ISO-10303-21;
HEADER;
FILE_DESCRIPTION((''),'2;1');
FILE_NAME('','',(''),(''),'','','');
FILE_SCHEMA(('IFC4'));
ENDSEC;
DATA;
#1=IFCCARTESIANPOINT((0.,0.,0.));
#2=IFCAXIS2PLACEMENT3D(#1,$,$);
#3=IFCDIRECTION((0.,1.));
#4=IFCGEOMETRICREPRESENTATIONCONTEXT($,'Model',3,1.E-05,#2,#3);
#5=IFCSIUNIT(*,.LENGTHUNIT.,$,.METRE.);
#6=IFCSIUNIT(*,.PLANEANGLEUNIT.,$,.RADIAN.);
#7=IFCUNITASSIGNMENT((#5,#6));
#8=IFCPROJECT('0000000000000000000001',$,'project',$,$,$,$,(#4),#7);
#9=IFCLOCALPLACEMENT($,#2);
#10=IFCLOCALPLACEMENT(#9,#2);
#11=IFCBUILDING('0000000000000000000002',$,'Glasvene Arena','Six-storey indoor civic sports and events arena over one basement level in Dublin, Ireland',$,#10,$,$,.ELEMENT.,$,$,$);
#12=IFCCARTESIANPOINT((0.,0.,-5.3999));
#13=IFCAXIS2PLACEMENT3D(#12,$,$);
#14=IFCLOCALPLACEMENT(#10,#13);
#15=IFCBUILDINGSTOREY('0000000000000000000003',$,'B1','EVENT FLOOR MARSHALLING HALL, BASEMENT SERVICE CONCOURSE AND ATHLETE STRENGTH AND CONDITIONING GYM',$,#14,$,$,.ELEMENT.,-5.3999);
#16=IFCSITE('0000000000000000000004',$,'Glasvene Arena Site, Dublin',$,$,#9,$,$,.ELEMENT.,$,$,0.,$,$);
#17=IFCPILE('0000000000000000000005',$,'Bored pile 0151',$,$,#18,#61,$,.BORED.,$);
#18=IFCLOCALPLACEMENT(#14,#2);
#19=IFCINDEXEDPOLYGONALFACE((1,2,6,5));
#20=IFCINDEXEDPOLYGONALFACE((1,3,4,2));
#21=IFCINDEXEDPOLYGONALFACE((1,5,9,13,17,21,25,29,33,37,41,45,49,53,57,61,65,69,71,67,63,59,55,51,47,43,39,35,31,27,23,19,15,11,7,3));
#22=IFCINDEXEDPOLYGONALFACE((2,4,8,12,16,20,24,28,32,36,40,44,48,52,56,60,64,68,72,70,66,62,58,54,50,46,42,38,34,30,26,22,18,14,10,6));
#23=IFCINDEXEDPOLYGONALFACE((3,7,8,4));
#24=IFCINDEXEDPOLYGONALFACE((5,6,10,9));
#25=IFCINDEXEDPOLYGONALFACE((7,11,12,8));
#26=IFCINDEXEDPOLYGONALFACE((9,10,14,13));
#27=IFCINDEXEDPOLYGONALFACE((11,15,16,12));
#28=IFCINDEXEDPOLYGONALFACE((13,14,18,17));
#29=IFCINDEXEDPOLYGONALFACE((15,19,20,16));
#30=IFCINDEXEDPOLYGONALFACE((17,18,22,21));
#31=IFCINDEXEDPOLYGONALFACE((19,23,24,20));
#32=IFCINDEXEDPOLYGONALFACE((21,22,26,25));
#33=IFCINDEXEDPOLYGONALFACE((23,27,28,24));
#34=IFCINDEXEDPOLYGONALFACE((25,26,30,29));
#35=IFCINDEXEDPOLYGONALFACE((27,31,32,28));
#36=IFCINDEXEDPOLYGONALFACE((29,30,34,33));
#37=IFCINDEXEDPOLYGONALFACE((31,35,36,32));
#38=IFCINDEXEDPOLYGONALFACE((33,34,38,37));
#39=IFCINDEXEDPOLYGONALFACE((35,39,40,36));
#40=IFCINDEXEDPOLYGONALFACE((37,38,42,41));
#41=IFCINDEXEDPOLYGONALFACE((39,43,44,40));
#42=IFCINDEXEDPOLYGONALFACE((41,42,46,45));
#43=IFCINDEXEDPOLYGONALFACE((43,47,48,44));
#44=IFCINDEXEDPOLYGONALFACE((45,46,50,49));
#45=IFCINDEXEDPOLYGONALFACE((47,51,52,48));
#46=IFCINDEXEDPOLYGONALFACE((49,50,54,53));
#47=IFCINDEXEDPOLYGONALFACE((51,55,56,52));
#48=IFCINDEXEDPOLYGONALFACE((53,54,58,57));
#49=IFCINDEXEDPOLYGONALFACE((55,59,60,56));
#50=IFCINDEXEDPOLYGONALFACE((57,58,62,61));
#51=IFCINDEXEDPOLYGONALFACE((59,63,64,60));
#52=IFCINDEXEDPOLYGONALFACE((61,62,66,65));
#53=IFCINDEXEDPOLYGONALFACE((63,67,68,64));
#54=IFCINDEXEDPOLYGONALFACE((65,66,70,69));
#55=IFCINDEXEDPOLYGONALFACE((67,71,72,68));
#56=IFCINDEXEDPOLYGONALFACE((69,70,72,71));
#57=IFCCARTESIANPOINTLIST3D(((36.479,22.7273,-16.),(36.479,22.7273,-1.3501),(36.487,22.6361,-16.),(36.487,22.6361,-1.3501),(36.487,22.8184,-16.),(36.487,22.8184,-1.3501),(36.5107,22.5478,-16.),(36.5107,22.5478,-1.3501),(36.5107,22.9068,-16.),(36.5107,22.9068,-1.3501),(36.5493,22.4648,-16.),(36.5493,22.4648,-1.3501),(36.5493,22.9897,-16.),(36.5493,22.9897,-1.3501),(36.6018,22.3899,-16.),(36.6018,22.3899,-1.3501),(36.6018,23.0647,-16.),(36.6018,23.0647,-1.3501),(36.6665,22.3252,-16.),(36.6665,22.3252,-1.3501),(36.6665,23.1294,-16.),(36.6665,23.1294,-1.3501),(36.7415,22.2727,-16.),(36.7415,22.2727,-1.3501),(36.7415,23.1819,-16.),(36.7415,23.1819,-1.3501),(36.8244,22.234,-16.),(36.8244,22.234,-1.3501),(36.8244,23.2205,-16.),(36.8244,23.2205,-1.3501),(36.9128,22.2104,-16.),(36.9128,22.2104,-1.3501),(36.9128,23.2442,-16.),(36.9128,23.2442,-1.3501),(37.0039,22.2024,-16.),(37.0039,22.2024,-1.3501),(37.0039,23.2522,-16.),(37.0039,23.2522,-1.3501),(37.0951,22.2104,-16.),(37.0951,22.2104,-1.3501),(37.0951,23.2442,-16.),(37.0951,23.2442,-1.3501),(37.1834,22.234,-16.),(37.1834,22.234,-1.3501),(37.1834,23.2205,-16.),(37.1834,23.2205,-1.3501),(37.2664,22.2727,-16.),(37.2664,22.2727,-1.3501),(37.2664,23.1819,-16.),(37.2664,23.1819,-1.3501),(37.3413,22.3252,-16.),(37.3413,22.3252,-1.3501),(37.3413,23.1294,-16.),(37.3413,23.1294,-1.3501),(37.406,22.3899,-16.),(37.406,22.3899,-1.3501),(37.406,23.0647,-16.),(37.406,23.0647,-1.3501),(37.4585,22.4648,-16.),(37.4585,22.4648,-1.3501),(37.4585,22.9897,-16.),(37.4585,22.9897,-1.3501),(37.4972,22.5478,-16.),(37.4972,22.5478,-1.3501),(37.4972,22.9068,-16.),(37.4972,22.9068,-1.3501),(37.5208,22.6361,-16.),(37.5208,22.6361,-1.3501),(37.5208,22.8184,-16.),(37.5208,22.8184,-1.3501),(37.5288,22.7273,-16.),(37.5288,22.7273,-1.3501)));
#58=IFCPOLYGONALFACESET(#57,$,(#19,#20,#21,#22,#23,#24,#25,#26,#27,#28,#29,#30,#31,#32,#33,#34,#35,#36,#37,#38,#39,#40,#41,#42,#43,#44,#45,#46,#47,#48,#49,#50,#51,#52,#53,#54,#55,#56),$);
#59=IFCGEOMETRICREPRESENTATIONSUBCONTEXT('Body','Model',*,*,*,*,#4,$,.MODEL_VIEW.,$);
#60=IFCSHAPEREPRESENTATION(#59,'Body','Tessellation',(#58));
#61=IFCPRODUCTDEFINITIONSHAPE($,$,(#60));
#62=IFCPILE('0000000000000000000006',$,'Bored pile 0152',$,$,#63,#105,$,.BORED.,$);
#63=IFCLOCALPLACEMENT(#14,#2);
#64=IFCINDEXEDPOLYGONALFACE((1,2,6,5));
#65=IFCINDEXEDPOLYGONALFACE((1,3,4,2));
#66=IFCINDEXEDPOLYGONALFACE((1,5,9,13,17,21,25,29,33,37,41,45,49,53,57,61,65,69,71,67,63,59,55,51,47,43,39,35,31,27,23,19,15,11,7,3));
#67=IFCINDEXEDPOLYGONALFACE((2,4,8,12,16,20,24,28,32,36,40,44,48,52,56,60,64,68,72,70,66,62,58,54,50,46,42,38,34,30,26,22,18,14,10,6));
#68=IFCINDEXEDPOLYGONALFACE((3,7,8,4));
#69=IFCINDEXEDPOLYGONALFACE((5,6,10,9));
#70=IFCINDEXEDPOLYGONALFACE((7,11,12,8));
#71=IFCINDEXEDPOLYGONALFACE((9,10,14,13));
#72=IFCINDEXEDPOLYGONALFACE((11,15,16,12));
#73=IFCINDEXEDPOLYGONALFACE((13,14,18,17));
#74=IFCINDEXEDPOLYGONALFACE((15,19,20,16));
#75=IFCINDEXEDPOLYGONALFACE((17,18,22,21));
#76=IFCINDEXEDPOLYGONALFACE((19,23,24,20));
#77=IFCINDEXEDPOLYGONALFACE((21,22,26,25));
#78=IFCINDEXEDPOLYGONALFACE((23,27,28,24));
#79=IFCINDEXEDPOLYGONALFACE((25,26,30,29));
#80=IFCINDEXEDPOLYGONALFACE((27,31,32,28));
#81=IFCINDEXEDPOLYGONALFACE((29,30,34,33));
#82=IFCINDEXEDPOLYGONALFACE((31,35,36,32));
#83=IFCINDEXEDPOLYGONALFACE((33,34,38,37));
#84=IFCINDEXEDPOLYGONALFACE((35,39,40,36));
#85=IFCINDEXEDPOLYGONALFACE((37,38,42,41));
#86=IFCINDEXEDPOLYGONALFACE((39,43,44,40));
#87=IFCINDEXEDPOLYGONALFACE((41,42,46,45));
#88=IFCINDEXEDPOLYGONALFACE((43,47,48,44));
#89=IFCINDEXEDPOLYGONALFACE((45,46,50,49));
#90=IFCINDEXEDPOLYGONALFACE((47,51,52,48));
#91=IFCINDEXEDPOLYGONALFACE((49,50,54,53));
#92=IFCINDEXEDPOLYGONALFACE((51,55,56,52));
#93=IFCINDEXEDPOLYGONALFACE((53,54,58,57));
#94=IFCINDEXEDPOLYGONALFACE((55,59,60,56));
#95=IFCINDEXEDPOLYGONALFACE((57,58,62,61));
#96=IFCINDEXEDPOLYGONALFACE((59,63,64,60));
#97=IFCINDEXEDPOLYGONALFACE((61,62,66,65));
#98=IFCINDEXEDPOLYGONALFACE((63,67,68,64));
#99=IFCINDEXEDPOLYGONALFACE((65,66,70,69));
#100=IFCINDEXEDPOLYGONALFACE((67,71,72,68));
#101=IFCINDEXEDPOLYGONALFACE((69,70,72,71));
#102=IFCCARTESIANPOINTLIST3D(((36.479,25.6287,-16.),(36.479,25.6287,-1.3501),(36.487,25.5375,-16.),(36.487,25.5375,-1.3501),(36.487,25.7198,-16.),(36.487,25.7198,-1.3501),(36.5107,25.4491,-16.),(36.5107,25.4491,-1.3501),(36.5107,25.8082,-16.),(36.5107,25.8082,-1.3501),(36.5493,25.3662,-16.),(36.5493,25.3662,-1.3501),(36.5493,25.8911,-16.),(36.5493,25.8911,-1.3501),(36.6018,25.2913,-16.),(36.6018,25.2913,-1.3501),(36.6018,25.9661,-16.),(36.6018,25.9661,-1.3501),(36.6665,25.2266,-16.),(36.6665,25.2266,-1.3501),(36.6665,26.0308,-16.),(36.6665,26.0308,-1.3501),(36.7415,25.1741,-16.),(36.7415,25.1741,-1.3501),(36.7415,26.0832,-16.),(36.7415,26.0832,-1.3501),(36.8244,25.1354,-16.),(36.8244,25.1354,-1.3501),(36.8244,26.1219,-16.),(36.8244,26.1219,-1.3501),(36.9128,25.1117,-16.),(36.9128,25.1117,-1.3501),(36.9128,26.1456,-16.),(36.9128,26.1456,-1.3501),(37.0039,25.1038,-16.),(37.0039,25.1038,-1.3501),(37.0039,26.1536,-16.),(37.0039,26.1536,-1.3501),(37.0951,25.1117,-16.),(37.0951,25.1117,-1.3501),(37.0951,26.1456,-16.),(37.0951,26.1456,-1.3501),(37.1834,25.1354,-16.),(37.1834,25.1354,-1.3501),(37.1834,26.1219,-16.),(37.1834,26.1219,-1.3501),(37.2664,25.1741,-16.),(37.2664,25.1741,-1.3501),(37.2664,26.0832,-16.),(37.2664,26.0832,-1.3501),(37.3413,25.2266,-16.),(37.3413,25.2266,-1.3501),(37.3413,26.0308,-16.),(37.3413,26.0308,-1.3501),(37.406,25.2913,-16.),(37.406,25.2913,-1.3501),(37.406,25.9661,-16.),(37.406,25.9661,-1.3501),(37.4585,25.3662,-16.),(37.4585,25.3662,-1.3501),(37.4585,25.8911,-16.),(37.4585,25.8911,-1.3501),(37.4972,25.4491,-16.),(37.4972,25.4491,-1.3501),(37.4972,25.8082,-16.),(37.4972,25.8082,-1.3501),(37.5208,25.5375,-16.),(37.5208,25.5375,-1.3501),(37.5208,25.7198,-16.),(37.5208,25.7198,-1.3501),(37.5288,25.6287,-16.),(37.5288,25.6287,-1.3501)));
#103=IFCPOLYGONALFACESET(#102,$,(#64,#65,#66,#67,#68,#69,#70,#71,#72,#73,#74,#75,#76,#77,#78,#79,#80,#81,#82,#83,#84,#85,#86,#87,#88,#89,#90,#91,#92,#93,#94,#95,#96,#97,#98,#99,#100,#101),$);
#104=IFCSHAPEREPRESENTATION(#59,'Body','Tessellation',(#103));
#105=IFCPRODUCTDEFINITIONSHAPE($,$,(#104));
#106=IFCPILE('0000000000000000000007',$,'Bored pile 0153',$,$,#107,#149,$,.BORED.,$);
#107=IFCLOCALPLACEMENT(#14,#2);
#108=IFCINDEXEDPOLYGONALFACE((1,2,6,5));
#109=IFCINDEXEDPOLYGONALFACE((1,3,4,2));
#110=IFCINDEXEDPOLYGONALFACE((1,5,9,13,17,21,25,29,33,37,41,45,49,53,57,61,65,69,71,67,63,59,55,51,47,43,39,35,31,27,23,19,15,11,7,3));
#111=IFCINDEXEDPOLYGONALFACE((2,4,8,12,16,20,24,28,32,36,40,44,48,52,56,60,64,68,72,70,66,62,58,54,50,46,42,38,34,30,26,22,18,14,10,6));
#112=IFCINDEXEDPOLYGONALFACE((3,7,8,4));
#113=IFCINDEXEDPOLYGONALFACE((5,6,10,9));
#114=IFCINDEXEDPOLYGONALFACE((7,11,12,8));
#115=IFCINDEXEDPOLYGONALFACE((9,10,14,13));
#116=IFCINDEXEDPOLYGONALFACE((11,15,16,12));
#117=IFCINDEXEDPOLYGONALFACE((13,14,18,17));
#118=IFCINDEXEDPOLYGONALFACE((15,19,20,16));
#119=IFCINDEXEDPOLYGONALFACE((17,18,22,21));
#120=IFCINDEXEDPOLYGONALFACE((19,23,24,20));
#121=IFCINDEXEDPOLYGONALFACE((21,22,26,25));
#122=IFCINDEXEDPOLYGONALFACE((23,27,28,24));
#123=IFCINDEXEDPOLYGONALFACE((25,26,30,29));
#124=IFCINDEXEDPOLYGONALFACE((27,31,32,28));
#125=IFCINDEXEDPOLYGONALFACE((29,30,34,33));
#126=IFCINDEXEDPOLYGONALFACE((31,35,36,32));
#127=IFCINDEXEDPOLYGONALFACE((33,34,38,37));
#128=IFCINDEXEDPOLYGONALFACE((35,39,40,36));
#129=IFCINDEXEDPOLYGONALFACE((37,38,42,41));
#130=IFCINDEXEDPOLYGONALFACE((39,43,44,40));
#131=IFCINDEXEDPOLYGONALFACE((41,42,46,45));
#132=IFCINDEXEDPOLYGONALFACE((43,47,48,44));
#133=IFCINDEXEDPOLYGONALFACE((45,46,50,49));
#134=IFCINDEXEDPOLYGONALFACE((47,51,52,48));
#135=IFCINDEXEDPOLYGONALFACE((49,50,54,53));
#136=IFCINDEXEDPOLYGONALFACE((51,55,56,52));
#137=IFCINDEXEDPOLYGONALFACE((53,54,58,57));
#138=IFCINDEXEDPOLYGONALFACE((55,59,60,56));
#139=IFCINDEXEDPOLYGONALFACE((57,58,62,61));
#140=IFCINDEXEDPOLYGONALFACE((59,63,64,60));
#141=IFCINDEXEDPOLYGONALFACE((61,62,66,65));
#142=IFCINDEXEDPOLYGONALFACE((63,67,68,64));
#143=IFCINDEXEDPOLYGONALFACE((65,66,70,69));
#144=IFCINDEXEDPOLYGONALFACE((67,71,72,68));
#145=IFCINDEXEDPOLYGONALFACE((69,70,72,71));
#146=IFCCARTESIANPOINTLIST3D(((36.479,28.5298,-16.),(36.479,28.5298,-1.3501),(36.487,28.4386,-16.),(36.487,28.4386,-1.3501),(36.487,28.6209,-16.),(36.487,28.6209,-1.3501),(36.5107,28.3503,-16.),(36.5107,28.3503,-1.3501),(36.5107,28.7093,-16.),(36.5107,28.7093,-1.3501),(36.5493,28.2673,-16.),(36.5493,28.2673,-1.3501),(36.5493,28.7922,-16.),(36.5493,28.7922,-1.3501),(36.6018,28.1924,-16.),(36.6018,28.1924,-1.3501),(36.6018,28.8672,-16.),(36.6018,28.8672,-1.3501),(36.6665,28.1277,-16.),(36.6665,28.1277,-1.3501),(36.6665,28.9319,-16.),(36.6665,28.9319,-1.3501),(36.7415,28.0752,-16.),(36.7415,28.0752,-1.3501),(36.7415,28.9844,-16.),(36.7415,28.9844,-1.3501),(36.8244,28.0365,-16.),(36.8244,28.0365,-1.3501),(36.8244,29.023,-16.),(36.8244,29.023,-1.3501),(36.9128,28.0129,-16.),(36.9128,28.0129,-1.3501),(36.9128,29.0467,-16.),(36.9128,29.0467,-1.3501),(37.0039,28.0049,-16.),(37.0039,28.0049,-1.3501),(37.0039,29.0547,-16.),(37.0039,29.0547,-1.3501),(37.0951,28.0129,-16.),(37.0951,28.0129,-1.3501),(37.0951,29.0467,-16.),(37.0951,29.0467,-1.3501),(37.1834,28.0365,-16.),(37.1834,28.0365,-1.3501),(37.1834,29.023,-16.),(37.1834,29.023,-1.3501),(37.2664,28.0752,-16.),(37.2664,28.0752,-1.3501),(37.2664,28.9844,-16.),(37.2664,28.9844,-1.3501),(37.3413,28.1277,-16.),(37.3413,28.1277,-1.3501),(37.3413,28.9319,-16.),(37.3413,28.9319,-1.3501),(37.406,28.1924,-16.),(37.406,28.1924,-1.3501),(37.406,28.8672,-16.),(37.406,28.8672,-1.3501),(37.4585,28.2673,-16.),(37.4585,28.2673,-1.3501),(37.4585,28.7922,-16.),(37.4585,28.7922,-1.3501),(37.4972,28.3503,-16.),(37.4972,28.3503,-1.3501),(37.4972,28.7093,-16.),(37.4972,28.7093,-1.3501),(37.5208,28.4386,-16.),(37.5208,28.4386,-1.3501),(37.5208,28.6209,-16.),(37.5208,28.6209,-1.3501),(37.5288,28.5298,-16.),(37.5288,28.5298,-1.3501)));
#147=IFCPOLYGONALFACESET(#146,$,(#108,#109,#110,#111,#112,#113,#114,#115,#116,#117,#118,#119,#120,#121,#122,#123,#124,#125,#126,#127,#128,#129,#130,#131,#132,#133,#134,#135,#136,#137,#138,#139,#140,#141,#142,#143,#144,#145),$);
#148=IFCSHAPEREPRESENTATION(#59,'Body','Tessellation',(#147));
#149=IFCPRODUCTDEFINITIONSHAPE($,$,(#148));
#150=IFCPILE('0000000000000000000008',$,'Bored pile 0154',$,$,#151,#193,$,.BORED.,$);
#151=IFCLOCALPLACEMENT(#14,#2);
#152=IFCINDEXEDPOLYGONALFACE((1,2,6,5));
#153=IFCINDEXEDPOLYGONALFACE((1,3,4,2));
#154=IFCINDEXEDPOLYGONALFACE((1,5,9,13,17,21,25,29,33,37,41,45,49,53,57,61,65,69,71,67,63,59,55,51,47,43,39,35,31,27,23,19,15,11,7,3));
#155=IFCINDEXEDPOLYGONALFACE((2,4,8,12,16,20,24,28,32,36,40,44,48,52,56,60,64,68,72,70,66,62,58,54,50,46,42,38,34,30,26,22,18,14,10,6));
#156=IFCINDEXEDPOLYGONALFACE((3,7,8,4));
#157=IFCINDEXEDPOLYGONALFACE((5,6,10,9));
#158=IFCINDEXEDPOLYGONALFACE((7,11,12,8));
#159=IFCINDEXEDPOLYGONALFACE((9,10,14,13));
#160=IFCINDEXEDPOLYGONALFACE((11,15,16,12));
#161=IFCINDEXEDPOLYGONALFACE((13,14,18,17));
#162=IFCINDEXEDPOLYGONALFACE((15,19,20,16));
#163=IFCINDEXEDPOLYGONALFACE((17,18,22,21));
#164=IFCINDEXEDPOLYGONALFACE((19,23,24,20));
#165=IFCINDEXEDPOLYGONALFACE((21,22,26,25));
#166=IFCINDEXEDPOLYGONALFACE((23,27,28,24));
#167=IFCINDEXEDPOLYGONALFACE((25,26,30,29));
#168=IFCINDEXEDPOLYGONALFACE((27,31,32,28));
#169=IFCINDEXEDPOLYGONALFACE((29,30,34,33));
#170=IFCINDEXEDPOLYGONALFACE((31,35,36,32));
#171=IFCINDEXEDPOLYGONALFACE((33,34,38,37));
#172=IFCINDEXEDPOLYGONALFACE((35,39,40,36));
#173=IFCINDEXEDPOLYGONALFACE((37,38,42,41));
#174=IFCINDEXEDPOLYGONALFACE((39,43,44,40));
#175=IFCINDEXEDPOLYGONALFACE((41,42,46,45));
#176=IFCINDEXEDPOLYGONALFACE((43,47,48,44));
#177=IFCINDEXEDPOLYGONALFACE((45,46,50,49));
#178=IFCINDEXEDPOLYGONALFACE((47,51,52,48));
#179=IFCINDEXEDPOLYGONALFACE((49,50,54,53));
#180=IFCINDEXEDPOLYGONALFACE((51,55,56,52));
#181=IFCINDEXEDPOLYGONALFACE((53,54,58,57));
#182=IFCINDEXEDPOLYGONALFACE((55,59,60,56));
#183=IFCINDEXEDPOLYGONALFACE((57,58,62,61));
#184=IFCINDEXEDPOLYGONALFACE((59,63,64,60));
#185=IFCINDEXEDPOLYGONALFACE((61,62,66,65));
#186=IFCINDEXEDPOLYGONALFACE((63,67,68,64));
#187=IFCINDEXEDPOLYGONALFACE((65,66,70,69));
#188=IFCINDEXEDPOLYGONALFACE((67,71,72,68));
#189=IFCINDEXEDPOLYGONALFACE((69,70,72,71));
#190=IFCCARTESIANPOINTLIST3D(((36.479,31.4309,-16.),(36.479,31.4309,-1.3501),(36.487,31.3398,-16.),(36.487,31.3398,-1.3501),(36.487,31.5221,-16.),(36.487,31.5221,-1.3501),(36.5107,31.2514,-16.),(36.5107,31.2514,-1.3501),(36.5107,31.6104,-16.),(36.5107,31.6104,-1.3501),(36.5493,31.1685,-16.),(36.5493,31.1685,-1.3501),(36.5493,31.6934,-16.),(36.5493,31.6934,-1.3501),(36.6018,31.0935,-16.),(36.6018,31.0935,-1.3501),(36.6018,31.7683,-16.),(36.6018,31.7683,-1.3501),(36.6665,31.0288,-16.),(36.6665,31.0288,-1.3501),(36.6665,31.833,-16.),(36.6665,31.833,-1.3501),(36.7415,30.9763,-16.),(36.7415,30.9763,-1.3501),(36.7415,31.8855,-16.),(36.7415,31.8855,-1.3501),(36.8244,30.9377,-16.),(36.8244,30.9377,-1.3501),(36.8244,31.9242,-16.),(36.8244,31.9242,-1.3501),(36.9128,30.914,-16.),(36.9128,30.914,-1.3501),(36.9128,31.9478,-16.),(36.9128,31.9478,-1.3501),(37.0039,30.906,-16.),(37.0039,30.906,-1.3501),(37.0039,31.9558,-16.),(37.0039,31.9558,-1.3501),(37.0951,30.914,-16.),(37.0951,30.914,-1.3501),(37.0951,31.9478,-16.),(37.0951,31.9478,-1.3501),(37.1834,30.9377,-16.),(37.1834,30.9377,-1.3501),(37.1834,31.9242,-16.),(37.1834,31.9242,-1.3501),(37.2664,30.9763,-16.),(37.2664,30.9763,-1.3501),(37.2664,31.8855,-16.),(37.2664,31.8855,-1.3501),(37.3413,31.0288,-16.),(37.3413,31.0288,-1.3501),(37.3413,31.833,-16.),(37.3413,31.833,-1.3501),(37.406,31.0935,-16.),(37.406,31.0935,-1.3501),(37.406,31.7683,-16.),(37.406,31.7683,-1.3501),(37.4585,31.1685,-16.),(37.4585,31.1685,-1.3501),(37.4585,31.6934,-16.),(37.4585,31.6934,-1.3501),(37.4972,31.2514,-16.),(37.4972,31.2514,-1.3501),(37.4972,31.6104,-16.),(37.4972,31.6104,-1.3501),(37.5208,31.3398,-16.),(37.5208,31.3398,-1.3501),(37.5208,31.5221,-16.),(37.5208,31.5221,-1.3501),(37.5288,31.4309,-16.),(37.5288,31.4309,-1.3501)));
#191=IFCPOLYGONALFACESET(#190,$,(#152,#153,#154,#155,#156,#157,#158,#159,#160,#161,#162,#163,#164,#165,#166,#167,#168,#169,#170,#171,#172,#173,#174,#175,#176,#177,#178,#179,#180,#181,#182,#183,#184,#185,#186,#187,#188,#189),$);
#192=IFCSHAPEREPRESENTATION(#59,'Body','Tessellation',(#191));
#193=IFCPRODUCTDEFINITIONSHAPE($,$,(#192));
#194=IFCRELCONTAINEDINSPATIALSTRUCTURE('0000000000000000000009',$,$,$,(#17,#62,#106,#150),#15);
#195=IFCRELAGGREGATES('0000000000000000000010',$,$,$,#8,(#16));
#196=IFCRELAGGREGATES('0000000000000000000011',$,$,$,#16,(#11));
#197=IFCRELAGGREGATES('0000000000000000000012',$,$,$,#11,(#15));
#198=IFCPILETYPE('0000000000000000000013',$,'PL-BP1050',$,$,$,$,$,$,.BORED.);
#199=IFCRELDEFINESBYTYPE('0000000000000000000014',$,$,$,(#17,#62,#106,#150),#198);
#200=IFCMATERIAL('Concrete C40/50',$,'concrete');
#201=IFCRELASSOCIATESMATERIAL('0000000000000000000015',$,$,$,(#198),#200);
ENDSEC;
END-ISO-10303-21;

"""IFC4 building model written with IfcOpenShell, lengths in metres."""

from ifc_helpers import new_model, si_unit, direction, frame, origin, origin_2d, place, context, subcontext, project, spatial, circle, extrude, material, material_profile, profile_set, type_object, element, save


model = new_model("IFC4")

# Units and contexts
model_context = context("Model", 3, precision=1e-05, world=origin(), true_north=direction((0.0, 1.0)))
body_context = subcontext(model_context, "Body", "Model", "MODEL_VIEW")
ifc_project = project(units=[si_unit("LENGTHUNIT", "METRE"), si_unit("PLANEANGLEUNIT", "RADIAN")], contexts=[model_context])

# Site, building, storey
site_placement = place(None, origin())
site = spatial("IfcSite", under=ifc_project, at=site_placement, Name="Glasvene Arena Site, Dublin", CompositionType="ELEMENT", RefElevation=0.0)
building_placement = place(site_placement, origin())
building = spatial("IfcBuilding", under=site, at=building_placement, Name="Glasvene Arena", Description="Six-storey indoor civic sports and events arena over one basement level in Dublin, Ireland", CompositionType="ELEMENT")
storey_placement = place(building_placement, frame((0.0, 0.0, -5.3999)))
storey = spatial("IfcBuildingStorey", under=building, at=storey_placement, Name="B1", Description="EVENT FLOOR MARSHALLING HALL, BASEMENT SERVICE CONCOURSE AND ATHLETE STRENGTH AND CONDITIONING GYM", CompositionType="ELEMENT", Elevation=-5.3999)

# Piles
ifc_material_1 = material(Name="Concrete C40/50", Category="concrete")
ifc_material_profile_1 = material_profile(ifc_material_1, circle(Radius=0.5249, at=origin_2d()), Name="BORED PILE 1050")
ifc_profile_set_1 = profile_set([ifc_material_profile_1], Name="Concrete C40/50")
pile_type = type_object("IfcPileType", Name="PL-BP1050", PredefinedType="BORED", material=ifc_profile_set_1)
for number, where, z_axis, x_axis, name in (
    (1, (37.0039, 22.7273, -1.3501), (0.0, 0.0, -1.0), (1.0, 0.0, 0.0), "Bored pile 0151"),
    (2, (37.0039, 25.6287, -1.3501), (0.0, 0.0, -1.0), (1.0, 0.0, 0.0), "Bored pile 0152"),
    (3, (37.0039, 28.5298, -1.3501), (0.0, 0.0, -1.0), (1.0, 0.0, 0.0), "Bored pile 0153"),
    (4, (37.0039, 31.4309, -1.3501), (0.0, 0.0, -1.0), (1.0, 0.0, 0.0), "Bored pile 0154"),
):
    element("IfcPile", number, at=place(storey_placement, frame(where, z_axis=z_axis, x_axis=x_axis)), inside=storey, type_object=pile_type, Name=name, PredefinedType="BORED", context=body_context, shape_type="SweptSolid", body=[
        extrude(circle(Radius=0.5249, at=origin_2d()), origin(), (0.0, 0.0, 1.0), 14.6499),
    ])

save(model, "model.ifc")
